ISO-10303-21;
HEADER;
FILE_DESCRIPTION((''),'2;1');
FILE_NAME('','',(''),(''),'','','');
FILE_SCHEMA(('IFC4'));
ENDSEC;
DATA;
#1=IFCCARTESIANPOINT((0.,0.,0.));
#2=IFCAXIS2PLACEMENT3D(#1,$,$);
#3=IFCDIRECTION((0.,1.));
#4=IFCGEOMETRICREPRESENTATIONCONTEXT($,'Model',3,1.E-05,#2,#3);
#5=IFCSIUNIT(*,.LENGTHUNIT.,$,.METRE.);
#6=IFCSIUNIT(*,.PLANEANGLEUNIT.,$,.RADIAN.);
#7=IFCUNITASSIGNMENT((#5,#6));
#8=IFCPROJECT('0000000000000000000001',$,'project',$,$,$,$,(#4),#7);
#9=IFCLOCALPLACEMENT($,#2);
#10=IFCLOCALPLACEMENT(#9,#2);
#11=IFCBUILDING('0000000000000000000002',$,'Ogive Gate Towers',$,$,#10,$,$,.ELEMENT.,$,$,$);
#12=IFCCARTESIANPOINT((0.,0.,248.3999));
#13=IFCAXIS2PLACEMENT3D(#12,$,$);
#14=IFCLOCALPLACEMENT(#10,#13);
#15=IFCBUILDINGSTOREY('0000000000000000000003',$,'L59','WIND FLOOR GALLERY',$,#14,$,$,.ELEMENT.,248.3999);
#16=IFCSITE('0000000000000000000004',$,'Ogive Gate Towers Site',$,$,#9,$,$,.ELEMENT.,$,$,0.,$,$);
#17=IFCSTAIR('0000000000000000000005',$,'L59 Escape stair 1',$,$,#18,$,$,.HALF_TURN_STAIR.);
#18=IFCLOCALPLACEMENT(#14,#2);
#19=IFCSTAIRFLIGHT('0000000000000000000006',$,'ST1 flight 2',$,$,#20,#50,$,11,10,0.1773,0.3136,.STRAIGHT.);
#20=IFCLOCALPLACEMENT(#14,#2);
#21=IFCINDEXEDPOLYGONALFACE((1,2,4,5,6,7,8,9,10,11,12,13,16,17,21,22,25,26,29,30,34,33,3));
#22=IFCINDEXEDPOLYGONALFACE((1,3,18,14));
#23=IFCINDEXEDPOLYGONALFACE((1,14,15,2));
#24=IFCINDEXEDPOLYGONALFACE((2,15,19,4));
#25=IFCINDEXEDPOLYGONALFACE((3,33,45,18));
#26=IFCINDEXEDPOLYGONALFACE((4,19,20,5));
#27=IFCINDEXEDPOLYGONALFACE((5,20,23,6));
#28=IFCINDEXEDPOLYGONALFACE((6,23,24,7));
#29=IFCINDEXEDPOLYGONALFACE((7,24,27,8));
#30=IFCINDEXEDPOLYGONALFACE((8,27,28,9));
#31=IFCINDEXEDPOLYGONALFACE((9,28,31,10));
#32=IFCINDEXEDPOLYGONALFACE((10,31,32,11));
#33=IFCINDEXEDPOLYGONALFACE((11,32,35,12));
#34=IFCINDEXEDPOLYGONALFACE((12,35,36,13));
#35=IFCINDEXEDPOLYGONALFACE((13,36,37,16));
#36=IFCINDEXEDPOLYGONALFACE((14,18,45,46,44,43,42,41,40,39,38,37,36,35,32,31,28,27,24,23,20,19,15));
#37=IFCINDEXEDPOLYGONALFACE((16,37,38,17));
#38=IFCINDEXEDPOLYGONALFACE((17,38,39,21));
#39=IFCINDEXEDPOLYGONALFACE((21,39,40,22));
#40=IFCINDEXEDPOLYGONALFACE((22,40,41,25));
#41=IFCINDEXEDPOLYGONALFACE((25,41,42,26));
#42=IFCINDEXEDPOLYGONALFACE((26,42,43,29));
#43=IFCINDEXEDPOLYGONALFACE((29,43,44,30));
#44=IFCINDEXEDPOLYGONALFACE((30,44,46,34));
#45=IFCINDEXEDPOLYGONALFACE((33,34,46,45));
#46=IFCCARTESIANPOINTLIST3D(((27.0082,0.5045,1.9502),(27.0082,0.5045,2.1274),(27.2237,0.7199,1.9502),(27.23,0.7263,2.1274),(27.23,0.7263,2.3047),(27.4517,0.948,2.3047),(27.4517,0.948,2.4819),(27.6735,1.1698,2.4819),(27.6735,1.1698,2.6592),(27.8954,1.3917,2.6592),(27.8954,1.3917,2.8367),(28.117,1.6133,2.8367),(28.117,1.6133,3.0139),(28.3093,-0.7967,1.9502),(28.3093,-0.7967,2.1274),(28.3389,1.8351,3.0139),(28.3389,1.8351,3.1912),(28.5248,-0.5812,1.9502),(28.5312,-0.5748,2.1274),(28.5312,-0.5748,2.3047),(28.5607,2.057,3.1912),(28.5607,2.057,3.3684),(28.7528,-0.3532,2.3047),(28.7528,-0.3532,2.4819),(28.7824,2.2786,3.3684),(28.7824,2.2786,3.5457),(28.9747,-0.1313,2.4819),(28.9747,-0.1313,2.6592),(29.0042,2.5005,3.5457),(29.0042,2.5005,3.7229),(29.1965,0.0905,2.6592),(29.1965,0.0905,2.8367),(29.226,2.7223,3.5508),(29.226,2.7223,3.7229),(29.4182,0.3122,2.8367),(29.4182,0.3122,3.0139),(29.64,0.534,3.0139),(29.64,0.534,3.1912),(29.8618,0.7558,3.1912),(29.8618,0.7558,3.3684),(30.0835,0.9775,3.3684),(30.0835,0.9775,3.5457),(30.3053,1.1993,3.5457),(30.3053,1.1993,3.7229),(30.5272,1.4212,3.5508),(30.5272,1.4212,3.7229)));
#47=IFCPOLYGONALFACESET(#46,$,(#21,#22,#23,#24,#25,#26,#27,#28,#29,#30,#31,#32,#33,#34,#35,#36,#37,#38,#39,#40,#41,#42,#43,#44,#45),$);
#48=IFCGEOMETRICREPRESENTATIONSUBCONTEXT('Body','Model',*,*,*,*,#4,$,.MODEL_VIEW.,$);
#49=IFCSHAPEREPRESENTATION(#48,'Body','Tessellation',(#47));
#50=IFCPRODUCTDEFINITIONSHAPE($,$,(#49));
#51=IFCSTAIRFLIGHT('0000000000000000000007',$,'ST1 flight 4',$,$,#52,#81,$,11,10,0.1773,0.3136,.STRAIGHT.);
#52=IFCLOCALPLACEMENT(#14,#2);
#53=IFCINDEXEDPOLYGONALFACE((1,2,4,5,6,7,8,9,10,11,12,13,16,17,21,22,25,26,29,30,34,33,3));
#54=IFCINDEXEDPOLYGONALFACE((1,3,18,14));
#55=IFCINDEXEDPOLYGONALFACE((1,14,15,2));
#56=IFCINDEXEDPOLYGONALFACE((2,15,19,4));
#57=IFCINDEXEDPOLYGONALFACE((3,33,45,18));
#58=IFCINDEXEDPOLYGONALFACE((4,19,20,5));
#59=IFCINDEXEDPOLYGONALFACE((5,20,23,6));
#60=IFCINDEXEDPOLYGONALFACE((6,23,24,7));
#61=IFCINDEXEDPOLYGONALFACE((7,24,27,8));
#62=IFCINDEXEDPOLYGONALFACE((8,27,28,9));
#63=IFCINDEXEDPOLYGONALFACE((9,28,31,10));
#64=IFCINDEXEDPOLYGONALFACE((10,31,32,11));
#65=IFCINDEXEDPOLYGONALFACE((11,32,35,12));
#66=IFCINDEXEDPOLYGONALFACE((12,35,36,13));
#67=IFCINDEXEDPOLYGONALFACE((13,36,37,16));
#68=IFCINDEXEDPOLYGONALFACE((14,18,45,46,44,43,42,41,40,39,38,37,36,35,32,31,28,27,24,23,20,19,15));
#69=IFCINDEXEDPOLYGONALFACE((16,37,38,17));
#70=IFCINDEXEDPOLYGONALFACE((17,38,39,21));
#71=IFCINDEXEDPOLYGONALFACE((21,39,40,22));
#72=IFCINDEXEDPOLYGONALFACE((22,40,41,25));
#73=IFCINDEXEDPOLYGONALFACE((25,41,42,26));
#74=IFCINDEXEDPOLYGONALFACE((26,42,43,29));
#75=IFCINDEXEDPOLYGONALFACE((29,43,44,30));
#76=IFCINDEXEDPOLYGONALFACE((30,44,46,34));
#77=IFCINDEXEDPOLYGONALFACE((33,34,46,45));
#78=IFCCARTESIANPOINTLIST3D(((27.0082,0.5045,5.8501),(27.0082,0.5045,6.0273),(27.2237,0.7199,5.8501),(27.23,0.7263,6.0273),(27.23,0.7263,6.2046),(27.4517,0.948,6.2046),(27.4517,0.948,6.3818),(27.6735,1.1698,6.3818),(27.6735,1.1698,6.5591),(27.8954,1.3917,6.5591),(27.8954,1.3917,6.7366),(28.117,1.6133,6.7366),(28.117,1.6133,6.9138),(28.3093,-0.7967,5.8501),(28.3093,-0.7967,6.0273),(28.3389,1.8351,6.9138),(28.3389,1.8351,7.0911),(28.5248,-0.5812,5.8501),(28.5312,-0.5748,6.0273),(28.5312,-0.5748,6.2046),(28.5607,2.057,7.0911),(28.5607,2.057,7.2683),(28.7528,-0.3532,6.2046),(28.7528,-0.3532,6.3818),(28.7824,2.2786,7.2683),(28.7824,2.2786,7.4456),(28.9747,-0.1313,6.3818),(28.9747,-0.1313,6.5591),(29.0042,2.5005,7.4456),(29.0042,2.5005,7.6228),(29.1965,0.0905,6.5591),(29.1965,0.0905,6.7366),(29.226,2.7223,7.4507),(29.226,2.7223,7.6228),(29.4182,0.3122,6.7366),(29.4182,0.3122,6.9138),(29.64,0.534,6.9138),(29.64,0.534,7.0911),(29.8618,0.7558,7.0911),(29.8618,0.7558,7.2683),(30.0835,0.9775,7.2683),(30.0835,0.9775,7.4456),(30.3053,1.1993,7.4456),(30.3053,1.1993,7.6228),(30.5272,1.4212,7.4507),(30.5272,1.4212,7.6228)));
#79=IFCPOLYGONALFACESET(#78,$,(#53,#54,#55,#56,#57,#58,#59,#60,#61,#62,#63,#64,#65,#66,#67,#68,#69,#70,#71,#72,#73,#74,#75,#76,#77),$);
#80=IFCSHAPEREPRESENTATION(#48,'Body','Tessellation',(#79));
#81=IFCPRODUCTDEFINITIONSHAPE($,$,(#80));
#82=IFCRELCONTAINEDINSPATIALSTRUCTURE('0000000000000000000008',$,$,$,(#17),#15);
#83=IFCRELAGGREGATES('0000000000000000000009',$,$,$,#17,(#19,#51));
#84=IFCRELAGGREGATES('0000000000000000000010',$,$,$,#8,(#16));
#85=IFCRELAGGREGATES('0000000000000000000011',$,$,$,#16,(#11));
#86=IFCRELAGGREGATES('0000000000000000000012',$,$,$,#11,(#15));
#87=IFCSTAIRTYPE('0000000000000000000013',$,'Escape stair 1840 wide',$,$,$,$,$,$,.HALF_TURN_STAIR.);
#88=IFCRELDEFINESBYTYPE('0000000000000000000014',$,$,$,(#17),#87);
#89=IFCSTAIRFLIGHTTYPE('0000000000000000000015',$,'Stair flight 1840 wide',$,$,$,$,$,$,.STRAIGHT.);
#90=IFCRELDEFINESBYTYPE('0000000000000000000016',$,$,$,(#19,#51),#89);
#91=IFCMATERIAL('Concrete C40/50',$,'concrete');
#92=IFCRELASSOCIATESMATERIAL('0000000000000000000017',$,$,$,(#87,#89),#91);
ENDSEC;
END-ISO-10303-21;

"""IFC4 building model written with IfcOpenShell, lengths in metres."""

from ifc_helpers import new_model, si_unit, direction, frame, origin, place, context, subcontext, project, spatial, polyline, outline, extrude, material, type_object, element, aggregate, save


model = new_model("IFC4")

# Units and contexts
model_context = context("Model", 3, precision=1e-05, world=origin(), true_north=direction((0.0, 1.0)))
body_context = subcontext(model_context, "Body", "Model", "MODEL_VIEW")
ifc_project = project(units=[si_unit("LENGTHUNIT", "METRE"), si_unit("PLANEANGLEUNIT", "RADIAN")], contexts=[model_context])

# Site, building, storey
site_placement = place(None, origin())
site = spatial("IfcSite", under=ifc_project, at=site_placement, Name="Ogive Gate Towers Site", CompositionType="ELEMENT", RefElevation=0.0)
building_placement = place(site_placement, origin())
building = spatial("IfcBuilding", under=site, at=building_placement, Name="Ogive Gate Towers", CompositionType="ELEMENT")
storey_placement = place(building_placement, frame((0.0, 0.0, 248.3999)))
storey = spatial("IfcBuildingStorey", under=building, at=storey_placement, Name="L59", Description="WIND FLOOR GALLERY", CompositionType="ELEMENT", Elevation=248.3999)

# Stair, stair flights
ifc_material_1 = material(Name="Concrete C40/50", Category="concrete")
stair_type = type_object("IfcStairType", Name="Escape stair 1840 wide", PredefinedType="HALF_TURN_STAIR", material=ifc_material_1)
stair_placement = place(storey_placement, origin())
stair = element("IfcStair", 1, at=stair_placement, inside=storey, type_object=stair_type, Name="L59 Escape stair 1", PredefinedType="HALF_TURN_STAIR")
stair_flight_type = type_object("IfcStairFlightType", Name="Stair flight 1840 wide", PredefinedType="STRAIGHT", material=ifc_material_1)
stair_flight_1_placement = place(storey_placement, frame((27.6587, -0.146, 1.9502), z_axis=(0.0, 0.0, 1.0), x_axis=(0.707107, 0.707107, 0.0)))
stair_flight_1 = element("IfcStairFlight", 2, at=stair_flight_1_placement, type_object=stair_flight_type, Name="ST1 flight 2", NumberOfRisers=11, NumberOfTreads=10, PredefinedType="STRAIGHT", RiserHeight=0.1773, TreadLength=0.3136, context=body_context, shape_type="SweptSolid", body=[
    extrude(outline(polyline([(0.0, 0.0), (0.0, 0.1772), (0.3137, 0.1772), (0.3137, 0.3545), (0.6272, 0.3545), (0.6272, 0.5317), (0.9409, 0.5317), (0.9409, 0.709), (1.2546, 0.709), (1.2546, 0.8865), (1.5681, 0.8865), (1.5681, 1.0637), (1.8818, 1.0637), (1.8818, 1.241), (2.1956, 1.241), (2.1956, 1.4182), (2.509, 1.4182), (2.509, 1.5955), (2.8228, 1.5955), (2.8228, 1.7727), (3.1365, 1.7727), (3.1365, 1.95), (3.1365, 1.6006), (0.3047, 0.0), (0.0, 0.0)])), frame((0.0, 0.9199, 0.0), z_axis=(0.0, -1.0, 0.0), x_axis=(1.0, 0.0, 0.0)), (0.0, 0.0, 1.0), 1.8401),
])
stair_flight_2_placement = place(storey_placement, frame((27.6587, -0.146, 5.8501), z_axis=(0.0, 0.0, 1.0), x_axis=(0.707107, 0.707107, 0.0)))
stair_flight_2 = element("IfcStairFlight", 3, at=stair_flight_2_placement, type_object=stair_flight_type, Name="ST1 flight 4", NumberOfRisers=11, NumberOfTreads=10, PredefinedType="STRAIGHT", RiserHeight=0.1773, TreadLength=0.3136, context=body_context, shape_type="SweptSolid", body=[
    extrude(outline(polyline([(0.0, 0.0), (0.0, 0.1772), (0.3137, 0.1772), (0.3137, 0.3545), (0.6272, 0.3545), (0.6272, 0.5317), (0.9409, 0.5317), (0.9409, 0.709), (1.2546, 0.709), (1.2546, 0.8865), (1.5681, 0.8865), (1.5681, 1.0637), (1.8818, 1.0637), (1.8818, 1.241), (2.1956, 1.241), (2.1956, 1.4182), (2.509, 1.4182), (2.509, 1.5955), (2.8228, 1.5955), (2.8228, 1.7727), (3.1365, 1.7727), (3.1365, 1.95), (3.1365, 1.6006), (0.3047, 0.0), (0.0, 0.0)])), frame((0.0, 0.9199, 0.0), z_axis=(0.0, -1.0, 0.0), x_axis=(1.0, 0.0, 0.0)), (0.0, 0.0, 1.0), 1.8401),
])
aggregate(stair, [stair_flight_1, stair_flight_2])

save(model, "model.ifc")
